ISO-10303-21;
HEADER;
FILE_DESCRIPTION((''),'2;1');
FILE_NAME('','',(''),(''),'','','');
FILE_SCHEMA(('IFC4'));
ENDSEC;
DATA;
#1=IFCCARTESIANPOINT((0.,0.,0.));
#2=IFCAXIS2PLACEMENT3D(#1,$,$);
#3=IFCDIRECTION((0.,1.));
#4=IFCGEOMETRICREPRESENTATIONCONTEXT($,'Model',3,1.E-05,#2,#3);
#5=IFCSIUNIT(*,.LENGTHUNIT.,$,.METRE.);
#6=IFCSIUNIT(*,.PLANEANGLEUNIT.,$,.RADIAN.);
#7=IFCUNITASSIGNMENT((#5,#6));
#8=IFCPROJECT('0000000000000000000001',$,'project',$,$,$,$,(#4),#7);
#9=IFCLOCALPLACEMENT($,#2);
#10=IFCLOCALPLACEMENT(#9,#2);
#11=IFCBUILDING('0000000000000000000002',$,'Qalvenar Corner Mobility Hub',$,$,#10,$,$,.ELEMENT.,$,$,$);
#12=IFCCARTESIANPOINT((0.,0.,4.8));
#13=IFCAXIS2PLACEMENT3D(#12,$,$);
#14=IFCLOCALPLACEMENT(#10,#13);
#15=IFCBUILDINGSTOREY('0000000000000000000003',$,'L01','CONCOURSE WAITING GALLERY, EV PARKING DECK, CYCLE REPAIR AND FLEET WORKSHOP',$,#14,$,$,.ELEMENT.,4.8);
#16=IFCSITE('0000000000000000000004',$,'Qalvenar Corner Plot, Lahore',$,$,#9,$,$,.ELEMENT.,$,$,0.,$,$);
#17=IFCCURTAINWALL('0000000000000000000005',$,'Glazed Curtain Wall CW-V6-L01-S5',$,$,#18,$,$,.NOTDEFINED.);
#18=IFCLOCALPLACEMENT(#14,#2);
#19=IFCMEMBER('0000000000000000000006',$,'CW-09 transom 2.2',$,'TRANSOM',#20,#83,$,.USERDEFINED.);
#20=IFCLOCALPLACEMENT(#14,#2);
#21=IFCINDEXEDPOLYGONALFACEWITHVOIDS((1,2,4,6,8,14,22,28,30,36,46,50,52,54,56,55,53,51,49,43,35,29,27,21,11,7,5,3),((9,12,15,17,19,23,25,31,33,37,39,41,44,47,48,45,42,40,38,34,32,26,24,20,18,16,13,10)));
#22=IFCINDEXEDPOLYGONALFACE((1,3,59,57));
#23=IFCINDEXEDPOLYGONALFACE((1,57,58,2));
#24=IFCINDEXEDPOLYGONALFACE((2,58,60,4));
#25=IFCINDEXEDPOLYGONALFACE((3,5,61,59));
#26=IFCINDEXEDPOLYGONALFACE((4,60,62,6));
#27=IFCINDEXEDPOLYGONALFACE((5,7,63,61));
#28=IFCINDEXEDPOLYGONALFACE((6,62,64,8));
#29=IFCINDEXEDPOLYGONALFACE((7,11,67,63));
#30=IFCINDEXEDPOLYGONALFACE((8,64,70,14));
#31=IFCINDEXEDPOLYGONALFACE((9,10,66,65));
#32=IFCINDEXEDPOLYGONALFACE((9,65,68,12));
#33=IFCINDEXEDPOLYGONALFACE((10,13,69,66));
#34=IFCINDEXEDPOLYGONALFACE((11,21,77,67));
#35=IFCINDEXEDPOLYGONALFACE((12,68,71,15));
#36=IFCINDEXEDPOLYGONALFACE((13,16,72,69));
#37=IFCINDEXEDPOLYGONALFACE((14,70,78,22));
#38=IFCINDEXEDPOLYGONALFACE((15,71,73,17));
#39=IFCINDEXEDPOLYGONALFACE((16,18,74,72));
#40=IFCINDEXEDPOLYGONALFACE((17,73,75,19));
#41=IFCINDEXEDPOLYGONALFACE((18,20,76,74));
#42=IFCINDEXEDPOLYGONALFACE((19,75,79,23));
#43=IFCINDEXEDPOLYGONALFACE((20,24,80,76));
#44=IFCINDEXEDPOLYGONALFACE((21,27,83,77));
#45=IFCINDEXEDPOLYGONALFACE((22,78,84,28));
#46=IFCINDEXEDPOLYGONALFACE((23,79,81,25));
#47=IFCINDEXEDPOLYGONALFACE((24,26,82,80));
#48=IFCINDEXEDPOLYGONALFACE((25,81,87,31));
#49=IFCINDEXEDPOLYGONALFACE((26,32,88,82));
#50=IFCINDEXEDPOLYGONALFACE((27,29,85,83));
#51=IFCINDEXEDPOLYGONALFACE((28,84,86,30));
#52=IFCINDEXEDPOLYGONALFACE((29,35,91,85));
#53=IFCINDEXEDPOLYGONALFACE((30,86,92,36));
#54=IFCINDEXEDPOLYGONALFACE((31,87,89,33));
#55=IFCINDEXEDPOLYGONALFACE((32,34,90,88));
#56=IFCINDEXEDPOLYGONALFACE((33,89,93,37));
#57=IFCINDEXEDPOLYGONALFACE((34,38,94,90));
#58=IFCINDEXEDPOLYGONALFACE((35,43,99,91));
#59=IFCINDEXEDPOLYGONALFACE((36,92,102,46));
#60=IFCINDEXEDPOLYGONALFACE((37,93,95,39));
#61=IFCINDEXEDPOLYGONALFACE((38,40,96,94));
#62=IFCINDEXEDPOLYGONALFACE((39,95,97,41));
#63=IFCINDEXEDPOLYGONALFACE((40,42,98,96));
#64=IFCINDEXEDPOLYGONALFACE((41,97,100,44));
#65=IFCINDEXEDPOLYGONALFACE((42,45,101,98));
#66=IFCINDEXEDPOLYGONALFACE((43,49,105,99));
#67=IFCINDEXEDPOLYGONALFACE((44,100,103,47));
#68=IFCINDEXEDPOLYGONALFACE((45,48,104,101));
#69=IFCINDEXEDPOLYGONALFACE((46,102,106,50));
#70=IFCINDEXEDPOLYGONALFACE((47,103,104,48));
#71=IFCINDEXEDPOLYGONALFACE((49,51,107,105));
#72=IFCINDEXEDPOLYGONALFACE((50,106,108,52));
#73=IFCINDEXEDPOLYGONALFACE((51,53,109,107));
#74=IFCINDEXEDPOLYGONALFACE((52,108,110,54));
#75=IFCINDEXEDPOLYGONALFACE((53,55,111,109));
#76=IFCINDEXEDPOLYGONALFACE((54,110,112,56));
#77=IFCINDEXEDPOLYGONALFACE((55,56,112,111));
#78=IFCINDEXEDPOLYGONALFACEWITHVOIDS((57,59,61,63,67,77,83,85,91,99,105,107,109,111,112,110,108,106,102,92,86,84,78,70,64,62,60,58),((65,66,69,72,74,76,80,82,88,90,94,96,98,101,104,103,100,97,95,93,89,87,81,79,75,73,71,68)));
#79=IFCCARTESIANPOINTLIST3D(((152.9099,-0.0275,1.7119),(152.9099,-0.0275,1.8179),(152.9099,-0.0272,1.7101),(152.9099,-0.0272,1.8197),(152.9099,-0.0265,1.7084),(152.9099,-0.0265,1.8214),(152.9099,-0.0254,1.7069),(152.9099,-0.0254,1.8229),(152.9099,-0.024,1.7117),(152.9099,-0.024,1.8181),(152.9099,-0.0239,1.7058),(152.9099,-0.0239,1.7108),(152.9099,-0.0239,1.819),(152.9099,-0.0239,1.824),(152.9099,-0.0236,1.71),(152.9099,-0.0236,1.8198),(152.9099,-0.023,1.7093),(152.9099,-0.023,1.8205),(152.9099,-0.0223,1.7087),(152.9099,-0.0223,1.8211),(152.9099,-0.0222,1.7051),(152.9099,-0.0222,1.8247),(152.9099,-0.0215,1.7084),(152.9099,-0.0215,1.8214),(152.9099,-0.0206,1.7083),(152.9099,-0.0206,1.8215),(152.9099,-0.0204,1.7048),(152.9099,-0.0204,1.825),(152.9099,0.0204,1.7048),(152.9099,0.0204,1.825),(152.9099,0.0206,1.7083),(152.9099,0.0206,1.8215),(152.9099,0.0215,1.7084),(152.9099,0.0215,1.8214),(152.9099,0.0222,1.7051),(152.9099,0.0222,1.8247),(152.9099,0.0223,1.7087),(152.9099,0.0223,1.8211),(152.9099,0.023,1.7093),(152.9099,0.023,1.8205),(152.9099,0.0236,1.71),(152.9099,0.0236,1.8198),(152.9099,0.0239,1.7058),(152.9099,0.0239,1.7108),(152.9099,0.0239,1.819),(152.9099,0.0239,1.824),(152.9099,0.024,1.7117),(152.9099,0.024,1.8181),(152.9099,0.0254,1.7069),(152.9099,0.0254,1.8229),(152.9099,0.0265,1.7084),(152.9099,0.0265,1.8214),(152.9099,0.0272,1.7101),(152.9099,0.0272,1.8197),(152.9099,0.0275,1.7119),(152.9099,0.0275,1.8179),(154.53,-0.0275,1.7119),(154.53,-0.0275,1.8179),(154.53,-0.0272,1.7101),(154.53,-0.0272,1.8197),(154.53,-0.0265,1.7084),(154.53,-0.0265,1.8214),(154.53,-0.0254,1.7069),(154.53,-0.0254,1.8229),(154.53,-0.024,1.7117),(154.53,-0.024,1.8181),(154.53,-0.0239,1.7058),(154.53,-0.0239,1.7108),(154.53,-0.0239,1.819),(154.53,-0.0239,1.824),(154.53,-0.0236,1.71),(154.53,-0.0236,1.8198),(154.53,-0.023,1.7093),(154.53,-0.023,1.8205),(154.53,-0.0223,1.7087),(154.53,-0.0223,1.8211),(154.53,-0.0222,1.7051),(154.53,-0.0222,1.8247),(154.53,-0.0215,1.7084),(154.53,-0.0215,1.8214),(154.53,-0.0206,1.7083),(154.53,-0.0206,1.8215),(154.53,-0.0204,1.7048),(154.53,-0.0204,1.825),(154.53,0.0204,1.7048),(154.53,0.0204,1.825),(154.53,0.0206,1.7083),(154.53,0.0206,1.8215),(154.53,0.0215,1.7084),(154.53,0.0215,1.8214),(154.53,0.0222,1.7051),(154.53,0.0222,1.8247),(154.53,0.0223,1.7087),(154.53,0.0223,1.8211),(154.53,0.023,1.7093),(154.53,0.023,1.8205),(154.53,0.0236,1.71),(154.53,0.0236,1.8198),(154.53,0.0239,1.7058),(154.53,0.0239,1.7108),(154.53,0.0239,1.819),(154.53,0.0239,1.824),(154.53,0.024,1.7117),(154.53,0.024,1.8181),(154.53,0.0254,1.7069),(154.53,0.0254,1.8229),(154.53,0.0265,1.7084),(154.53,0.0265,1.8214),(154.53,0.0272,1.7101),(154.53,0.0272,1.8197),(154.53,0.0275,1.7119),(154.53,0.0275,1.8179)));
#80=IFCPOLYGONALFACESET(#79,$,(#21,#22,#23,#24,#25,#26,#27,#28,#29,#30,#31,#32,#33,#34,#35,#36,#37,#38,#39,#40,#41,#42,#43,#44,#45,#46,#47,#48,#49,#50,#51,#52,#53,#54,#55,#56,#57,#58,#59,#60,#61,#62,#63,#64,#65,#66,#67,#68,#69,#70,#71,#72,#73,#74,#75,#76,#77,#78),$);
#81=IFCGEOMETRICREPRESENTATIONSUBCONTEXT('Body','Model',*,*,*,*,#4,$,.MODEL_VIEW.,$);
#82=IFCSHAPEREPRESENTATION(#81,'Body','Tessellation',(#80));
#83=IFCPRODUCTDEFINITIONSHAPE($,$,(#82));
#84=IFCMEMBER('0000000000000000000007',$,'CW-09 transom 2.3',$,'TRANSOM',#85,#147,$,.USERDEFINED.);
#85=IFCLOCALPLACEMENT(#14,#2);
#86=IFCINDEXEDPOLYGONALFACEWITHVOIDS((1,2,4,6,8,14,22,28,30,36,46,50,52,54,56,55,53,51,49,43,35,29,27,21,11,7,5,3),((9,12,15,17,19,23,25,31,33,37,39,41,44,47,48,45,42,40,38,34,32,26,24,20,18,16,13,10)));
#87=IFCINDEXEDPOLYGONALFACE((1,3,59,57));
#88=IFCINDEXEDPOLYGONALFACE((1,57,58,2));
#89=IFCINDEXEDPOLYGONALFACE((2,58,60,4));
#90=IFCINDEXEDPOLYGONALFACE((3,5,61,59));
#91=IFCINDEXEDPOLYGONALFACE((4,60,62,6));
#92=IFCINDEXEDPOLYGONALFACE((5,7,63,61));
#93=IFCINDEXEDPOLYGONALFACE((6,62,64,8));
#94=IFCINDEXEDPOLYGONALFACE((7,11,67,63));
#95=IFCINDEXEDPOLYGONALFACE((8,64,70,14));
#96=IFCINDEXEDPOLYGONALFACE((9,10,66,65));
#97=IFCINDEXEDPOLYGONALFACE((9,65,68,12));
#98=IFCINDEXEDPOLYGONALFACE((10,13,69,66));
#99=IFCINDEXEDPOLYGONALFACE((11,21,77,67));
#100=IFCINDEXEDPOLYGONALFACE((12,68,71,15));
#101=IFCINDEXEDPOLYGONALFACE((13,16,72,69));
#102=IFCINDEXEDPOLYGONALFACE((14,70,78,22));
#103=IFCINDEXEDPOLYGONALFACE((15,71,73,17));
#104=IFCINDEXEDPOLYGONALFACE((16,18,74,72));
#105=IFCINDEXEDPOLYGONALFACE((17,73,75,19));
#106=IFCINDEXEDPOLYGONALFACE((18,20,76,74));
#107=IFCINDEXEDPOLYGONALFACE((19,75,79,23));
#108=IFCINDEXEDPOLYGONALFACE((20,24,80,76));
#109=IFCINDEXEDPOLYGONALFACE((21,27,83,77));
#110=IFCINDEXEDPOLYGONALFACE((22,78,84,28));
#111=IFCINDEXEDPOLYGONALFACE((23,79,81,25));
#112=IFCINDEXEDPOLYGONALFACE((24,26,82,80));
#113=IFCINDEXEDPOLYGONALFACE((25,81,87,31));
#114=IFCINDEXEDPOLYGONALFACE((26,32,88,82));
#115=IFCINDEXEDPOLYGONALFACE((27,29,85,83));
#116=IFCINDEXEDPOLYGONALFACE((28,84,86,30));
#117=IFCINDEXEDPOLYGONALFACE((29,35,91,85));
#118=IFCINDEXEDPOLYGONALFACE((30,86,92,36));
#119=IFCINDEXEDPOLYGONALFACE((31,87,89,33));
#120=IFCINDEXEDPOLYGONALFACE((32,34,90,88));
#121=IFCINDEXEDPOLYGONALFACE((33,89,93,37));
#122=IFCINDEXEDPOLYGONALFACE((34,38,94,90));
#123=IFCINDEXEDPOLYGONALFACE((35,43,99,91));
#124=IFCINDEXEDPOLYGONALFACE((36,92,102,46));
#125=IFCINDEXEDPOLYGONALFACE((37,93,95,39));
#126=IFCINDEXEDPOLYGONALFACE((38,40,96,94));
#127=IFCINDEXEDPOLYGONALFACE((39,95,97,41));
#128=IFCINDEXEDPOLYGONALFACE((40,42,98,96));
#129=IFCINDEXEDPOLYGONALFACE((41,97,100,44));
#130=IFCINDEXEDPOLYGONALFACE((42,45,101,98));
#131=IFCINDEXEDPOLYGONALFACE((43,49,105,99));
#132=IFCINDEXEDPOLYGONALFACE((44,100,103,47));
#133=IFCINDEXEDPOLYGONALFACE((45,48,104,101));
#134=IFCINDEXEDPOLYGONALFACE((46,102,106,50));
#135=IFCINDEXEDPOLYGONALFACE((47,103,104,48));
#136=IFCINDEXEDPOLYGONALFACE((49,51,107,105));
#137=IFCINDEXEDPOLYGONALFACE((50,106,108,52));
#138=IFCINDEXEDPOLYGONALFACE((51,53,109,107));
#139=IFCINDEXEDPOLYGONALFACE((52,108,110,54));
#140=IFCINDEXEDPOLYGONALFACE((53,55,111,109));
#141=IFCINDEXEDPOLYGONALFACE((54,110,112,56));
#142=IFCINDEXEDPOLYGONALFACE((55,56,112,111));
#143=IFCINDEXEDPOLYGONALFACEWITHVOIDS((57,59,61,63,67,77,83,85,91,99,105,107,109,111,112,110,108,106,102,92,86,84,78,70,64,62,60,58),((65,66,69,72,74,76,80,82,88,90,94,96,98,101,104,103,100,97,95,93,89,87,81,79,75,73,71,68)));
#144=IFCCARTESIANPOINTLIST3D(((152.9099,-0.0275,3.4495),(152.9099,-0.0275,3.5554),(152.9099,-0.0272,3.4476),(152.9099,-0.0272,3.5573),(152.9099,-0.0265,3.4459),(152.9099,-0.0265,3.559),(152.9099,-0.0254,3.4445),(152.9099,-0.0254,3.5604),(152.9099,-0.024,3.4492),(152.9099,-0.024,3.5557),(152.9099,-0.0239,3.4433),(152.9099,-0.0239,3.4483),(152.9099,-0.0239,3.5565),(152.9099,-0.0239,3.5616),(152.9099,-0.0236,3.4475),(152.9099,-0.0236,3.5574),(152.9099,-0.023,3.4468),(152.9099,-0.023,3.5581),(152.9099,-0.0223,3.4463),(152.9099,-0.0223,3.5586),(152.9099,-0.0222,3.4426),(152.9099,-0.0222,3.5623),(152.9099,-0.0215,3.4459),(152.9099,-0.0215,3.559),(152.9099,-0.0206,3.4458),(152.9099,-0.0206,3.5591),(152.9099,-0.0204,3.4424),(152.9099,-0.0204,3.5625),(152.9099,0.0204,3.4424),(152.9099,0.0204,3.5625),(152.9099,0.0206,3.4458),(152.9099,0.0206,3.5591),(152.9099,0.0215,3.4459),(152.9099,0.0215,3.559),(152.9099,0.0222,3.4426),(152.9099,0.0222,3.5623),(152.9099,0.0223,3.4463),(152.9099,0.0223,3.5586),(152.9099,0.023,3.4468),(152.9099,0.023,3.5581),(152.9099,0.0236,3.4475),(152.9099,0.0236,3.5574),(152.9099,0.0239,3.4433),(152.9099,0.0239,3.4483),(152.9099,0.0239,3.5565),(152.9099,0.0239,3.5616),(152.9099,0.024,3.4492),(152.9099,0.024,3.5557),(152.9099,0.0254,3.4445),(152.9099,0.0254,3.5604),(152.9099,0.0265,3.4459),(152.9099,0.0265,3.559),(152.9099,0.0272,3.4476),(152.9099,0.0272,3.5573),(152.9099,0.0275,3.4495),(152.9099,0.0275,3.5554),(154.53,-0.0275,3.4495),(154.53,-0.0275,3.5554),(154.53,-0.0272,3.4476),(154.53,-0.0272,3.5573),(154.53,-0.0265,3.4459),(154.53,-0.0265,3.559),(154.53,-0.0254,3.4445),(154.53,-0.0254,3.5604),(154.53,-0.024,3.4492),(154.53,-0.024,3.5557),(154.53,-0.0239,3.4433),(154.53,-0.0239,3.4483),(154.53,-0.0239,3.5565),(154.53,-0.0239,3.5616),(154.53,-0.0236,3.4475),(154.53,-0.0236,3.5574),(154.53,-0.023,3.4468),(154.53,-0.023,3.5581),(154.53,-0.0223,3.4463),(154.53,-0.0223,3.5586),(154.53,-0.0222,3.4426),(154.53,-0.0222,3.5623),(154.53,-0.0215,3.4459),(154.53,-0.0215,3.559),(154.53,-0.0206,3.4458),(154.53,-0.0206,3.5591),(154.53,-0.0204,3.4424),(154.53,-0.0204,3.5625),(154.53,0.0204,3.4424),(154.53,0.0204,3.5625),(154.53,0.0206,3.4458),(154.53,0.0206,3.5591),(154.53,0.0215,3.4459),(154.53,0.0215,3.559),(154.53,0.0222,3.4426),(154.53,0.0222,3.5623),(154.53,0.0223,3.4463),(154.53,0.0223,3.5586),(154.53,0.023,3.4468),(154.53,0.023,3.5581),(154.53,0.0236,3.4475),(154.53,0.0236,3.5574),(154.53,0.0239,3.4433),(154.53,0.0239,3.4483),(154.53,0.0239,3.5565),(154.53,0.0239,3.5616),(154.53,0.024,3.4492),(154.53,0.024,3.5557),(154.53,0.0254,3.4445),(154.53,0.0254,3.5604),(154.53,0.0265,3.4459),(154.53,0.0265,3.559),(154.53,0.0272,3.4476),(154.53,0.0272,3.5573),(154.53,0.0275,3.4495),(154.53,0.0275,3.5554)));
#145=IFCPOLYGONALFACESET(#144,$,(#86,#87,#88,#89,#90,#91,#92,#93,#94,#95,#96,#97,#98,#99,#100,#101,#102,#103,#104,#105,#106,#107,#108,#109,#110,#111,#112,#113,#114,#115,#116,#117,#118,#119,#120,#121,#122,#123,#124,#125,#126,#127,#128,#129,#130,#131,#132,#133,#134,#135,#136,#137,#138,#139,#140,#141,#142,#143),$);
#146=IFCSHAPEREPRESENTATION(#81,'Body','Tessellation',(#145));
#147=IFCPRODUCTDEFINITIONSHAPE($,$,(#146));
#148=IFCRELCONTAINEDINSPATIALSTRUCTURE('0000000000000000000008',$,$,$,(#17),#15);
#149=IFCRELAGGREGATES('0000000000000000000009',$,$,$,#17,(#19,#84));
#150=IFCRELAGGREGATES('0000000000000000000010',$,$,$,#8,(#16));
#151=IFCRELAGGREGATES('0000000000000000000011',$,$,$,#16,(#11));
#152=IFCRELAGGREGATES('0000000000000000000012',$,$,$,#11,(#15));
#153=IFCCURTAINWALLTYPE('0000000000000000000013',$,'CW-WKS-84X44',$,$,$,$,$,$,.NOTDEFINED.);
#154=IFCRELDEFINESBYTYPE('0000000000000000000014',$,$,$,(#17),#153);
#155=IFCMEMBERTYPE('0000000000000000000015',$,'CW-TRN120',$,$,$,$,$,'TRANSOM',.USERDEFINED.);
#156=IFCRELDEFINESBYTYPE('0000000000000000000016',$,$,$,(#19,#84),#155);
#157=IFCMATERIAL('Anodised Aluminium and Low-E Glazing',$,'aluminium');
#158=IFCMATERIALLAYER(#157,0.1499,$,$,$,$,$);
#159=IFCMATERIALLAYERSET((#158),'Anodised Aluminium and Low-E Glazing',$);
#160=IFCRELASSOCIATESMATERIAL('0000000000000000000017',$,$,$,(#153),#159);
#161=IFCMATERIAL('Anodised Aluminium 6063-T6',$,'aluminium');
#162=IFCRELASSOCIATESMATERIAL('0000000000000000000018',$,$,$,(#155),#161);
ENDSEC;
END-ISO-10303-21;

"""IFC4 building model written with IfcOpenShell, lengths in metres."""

from ifc_helpers import new_model, si_unit, direction, frame, origin, origin_2d, place, context, subcontext, project, spatial, hollow_rectangle, extrude, material, layer, layer_set, material_profile, profile_set, type_object, element, aggregate, save


model = new_model("IFC4")

# Units and contexts
model_context = context("Model", 3, precision=1e-05, world=origin(), true_north=direction((0.0, 1.0)))
body_context = subcontext(model_context, "Body", "Model", "MODEL_VIEW")
ifc_project = project(units=[si_unit("LENGTHUNIT", "METRE"), si_unit("PLANEANGLEUNIT", "RADIAN")], contexts=[model_context])

# Site, building, storey
site_placement = place(None, origin())
site = spatial("IfcSite", under=ifc_project, at=site_placement, Name="Qalvenar Corner Plot, Lahore", CompositionType="ELEMENT", RefElevation=0.0)
building_placement = place(site_placement, origin())
building = spatial("IfcBuilding", under=site, at=building_placement, Name="Qalvenar Corner Mobility Hub", CompositionType="ELEMENT")
storey_placement = place(building_placement, frame((0.0, 0.0, 4.8)))
storey = spatial("IfcBuildingStorey", under=building, at=storey_placement, Name="L01", Description="CONCOURSE WAITING GALLERY, EV PARKING DECK, CYCLE REPAIR AND FLEET WORKSHOP", CompositionType="ELEMENT", Elevation=4.8)

# Curtain wall, members
ifc_material_1 = material(Name="Anodised Aluminium and Low-E Glazing", Category="aluminium")
ifc_layer_1 = layer(ifc_material_1, 0.1499)
ifc_layer_set_1 = layer_set([ifc_layer_1], Name="Anodised Aluminium and Low-E Glazing")
curtain_wall_type = type_object("IfcCurtainWallType", Name="CW-WKS-84X44", PredefinedType="NOTDEFINED", material=ifc_layer_set_1)
curtain_wall_placement = place(storey_placement, origin())
curtain_wall = element("IfcCurtainWall", 1, at=curtain_wall_placement, inside=storey, type_object=curtain_wall_type, Name="Glazed Curtain Wall CW-V6-L01-S5", PredefinedType="NOTDEFINED")
ifc_material_2 = material(Name="Anodised Aluminium 6063-T6", Category="aluminium")
ifc_material_profile_1 = material_profile(ifc_material_2, hollow_rectangle(XDim=0.0549, YDim=0.1201, WallThickness=0.0034, InnerFilletRadius=0.0034, OuterFilletRadius=0.0071, at=origin_2d()), Name="RHS120x55x3.5")
ifc_profile_set_1 = profile_set([ifc_material_profile_1], Name="Anodised Aluminium 6063-T6")
member_type_1 = type_object("IfcMemberType", Name="CW-TRN120", ElementType="TRANSOM", PredefinedType="USERDEFINED", material=ifc_profile_set_1)
member_1_placement = place(storey_placement, frame((152.9099, 0.0, 1.7649), z_axis=(1.0, 0.0, 0.0), x_axis=(0.0, 1.0, 0.0)))
member_1 = element("IfcMember", 2, at=member_1_placement, type_object=member_type_1, Name="CW-09 transom 2.2", ObjectType="TRANSOM", PredefinedType="USERDEFINED", context=body_context, shape_type="SweptSolid", body=[
    extrude(hollow_rectangle(XDim=0.0549, YDim=0.1201, WallThickness=0.0034, InnerFilletRadius=0.0034, OuterFilletRadius=0.0071, at=origin_2d()), origin(), (0.0, 0.0, 1.0), 1.6201),
])
member_2_placement = place(storey_placement, frame((152.9099, 0.0, 3.5024), z_axis=(1.0, 0.0, 0.0), x_axis=(0.0, 1.0, 0.0)))
member_2 = element("IfcMember", 3, at=member_2_placement, type_object=member_type_1, Name="CW-09 transom 2.3", ObjectType="TRANSOM", PredefinedType="USERDEFINED", context=body_context, shape_type="SweptSolid", body=[
    extrude(hollow_rectangle(XDim=0.0549, YDim=0.1201, WallThickness=0.0034, InnerFilletRadius=0.0034, OuterFilletRadius=0.0071, at=origin_2d()), origin(), (0.0, 0.0, 1.0), 1.6201),
])
aggregate(curtain_wall, [member_1, member_2])

save(model, "model.ifc")
